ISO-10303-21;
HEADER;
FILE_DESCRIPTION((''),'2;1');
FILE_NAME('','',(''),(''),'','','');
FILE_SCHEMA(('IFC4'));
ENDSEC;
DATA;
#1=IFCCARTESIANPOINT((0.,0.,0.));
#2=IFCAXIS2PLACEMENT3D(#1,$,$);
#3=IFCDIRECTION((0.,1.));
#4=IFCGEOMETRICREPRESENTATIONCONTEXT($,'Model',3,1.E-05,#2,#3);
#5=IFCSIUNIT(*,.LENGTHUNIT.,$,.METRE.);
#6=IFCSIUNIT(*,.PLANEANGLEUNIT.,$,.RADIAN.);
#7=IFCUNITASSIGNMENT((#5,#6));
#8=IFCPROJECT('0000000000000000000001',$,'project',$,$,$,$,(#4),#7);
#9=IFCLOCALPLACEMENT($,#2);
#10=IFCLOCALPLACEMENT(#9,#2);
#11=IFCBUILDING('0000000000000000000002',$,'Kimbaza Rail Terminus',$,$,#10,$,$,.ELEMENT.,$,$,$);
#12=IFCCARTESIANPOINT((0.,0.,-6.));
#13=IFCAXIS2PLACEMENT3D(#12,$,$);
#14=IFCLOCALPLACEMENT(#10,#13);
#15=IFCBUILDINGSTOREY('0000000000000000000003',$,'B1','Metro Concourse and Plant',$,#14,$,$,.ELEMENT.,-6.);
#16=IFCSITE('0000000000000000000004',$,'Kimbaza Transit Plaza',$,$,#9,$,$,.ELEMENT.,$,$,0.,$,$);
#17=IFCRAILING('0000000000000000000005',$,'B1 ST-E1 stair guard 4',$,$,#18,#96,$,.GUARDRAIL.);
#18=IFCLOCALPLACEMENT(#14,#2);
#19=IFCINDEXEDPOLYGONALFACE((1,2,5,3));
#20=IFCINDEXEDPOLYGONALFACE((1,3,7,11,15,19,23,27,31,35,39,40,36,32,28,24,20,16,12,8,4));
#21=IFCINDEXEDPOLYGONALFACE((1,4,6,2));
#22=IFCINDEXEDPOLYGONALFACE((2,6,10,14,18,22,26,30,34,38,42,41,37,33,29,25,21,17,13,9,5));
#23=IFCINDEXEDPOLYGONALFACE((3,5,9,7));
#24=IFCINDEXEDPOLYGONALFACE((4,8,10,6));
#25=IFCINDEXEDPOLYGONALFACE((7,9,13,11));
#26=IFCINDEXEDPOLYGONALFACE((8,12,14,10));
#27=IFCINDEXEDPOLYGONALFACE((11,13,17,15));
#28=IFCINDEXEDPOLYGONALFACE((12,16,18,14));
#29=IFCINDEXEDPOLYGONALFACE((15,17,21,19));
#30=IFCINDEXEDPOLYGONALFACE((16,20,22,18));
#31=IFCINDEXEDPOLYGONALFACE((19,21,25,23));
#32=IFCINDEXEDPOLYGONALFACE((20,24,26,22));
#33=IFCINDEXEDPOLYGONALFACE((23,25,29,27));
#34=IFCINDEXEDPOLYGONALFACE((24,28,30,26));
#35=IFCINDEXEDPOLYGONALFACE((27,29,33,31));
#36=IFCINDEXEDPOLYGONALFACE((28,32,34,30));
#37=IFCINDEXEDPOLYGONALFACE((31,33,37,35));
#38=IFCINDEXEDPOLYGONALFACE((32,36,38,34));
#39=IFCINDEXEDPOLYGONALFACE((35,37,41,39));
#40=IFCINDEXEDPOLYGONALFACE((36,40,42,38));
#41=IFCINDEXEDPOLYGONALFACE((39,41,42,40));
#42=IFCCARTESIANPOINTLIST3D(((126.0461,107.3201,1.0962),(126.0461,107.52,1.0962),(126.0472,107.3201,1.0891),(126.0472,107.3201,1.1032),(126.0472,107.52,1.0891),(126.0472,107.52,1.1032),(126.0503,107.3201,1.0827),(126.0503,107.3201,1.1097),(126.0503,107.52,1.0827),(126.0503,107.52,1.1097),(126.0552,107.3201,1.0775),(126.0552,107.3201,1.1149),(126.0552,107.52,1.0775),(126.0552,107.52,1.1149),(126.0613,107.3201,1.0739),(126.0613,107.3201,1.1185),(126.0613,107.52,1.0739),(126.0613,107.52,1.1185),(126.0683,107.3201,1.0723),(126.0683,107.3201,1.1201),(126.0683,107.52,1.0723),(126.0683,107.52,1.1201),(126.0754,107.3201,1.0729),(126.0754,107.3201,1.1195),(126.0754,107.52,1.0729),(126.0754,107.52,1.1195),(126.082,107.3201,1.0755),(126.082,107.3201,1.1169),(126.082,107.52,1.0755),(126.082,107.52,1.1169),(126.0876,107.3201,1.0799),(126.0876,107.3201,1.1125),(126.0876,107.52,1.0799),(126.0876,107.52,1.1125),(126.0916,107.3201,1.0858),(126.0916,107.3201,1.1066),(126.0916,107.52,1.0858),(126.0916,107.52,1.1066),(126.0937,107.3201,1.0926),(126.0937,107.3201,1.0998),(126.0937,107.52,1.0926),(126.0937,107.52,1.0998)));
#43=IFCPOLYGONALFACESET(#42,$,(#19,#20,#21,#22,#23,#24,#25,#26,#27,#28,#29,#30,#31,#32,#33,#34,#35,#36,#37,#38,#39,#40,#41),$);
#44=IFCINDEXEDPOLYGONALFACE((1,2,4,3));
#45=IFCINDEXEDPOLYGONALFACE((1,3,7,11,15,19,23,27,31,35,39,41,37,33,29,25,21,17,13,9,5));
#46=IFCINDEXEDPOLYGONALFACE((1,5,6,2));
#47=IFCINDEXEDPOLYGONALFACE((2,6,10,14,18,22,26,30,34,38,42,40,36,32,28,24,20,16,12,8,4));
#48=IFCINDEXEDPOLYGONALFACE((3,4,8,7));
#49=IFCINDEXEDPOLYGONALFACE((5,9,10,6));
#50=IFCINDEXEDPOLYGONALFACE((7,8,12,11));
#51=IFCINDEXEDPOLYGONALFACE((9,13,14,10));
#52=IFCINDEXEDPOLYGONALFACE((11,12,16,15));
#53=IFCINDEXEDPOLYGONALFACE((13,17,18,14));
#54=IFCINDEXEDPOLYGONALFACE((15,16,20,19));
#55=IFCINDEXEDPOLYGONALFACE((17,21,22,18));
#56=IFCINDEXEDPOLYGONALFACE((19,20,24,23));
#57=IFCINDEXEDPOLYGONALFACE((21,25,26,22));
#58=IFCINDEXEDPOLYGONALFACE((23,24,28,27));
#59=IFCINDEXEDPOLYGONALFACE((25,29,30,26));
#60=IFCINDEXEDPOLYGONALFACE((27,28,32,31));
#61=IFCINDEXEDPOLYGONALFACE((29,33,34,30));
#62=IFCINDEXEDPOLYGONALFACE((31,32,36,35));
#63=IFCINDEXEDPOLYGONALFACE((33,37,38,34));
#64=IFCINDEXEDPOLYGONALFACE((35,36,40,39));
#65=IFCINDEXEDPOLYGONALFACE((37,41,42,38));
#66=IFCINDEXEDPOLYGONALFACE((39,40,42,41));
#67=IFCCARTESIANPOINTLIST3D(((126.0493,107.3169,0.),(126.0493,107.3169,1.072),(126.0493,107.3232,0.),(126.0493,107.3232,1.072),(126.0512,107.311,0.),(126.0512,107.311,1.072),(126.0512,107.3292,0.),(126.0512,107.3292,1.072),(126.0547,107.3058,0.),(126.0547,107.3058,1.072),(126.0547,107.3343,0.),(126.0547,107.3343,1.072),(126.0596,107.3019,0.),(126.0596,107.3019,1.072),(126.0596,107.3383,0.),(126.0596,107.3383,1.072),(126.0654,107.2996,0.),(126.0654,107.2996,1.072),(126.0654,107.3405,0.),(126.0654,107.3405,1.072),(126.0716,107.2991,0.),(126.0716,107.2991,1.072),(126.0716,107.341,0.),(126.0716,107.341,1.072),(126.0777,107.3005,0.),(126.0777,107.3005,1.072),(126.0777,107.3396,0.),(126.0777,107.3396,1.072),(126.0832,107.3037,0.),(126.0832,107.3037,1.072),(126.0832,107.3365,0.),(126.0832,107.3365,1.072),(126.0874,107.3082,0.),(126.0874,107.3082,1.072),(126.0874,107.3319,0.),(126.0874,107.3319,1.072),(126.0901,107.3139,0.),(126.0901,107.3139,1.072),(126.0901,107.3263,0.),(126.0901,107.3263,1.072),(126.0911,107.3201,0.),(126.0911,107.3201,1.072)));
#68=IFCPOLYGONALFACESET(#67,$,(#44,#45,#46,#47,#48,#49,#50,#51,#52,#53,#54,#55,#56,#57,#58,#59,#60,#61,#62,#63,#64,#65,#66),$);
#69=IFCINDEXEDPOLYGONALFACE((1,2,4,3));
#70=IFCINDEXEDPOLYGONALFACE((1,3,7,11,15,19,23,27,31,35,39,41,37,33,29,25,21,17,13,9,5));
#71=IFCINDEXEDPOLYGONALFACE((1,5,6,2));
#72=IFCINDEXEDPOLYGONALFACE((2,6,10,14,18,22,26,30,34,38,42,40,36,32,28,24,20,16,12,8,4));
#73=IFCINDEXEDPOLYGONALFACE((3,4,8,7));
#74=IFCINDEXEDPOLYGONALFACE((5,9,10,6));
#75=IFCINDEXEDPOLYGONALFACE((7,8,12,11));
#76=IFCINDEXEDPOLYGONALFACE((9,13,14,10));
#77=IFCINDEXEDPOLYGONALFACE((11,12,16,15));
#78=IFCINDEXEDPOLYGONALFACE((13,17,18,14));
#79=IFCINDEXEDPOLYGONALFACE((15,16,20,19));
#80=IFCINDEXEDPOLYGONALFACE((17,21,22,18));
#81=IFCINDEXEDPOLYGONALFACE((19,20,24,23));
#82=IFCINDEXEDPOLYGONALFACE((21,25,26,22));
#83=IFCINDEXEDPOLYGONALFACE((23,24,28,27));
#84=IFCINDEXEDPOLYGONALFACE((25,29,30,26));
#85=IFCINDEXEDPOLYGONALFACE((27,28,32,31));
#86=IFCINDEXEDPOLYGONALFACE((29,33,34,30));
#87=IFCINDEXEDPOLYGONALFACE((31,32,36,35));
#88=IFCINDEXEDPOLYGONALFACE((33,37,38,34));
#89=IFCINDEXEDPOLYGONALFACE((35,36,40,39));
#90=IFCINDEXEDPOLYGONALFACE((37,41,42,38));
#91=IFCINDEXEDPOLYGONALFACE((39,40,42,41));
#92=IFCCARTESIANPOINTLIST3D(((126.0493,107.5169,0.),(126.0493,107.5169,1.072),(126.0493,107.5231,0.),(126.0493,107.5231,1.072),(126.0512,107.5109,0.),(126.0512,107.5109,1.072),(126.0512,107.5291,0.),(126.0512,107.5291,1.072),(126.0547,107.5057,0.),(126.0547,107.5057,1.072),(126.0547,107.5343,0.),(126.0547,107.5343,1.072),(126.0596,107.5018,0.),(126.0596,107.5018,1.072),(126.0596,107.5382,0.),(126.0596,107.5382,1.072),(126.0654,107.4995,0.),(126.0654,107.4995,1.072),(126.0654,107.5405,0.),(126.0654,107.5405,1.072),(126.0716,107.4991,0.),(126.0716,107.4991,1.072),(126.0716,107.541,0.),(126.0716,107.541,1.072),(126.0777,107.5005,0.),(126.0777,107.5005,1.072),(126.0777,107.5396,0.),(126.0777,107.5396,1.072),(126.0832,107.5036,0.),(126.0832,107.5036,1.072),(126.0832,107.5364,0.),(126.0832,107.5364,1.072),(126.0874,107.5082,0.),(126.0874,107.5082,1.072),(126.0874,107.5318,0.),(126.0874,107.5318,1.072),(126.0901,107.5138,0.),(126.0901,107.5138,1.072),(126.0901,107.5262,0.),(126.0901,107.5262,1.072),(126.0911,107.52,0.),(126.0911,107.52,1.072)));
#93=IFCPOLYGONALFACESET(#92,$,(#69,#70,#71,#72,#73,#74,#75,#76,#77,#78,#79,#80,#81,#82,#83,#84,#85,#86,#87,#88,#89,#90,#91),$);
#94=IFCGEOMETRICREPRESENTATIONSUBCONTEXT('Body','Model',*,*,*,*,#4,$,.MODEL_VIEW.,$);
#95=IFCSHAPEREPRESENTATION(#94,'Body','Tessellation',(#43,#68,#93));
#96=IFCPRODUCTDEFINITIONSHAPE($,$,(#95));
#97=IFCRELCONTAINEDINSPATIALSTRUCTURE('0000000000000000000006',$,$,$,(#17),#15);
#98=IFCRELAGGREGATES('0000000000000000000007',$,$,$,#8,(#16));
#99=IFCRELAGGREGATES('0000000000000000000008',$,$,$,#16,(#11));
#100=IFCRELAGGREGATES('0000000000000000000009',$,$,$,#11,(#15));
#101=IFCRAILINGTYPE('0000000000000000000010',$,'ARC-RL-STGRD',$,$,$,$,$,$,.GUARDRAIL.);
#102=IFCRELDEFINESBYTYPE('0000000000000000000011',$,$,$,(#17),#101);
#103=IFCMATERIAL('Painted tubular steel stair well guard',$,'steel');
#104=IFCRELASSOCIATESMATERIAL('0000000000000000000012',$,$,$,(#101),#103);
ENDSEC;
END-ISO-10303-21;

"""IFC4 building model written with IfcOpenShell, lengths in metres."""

from ifc_helpers import new_model, si_unit, direction, frame, origin, origin_2d, place, context, subcontext, project, spatial, circle, extrude, material, type_object, element, save


model = new_model("IFC4")

# Units and contexts
model_context = context("Model", 3, precision=1e-05, world=origin(), true_north=direction((0.0, 1.0)))
body_context = subcontext(model_context, "Body", "Model", "MODEL_VIEW")
ifc_project = project(units=[si_unit("LENGTHUNIT", "METRE"), si_unit("PLANEANGLEUNIT", "RADIAN")], contexts=[model_context])

# Site, building, storey
site_placement = place(None, origin())
site = spatial("IfcSite", under=ifc_project, at=site_placement, Name="Kimbaza Transit Plaza", CompositionType="ELEMENT", RefElevation=0.0)
building_placement = place(site_placement, origin())
building = spatial("IfcBuilding", under=site, at=building_placement, Name="Kimbaza Rail Terminus", CompositionType="ELEMENT")
storey_placement = place(building_placement, frame((0.0, 0.0, -6.0)))
storey = spatial("IfcBuildingStorey", under=building, at=storey_placement, Name="B1", Description="Metro Concourse and Plant", CompositionType="ELEMENT", Elevation=-6.0)

# Railing
ifc_material_1 = material(Name="Painted tubular steel stair well guard", Category="steel")
railing_type_1 = type_object("IfcRailingType", Name="ARC-RL-STGRD", PredefinedType="GUARDRAIL", material=ifc_material_1)
railing_1_placement = place(storey_placement, frame((126.0701, 107.3201, 0.0)))
element("IfcRailing", 1, at=railing_1_placement, inside=storey, type_object=railing_type_1, Name="B1 ST-E1 stair guard 4", PredefinedType="GUARDRAIL", context=body_context, shape_type="SweptSolid", body=[
    extrude(circle(Radius=0.0239, at=origin_2d()), frame((0.0, 0.0, 1.0962), z_axis=(0.0, 1.0, 0.0), x_axis=(-1.0, 0.0, 0.0)), (0.0, 0.0, 1.0), 0.2),
    extrude(circle(Radius=0.021, at=origin_2d()), origin(), (0.0, 0.0, 1.0), 1.072),
    extrude(circle(Radius=0.021, at=origin_2d()), frame((0.0, 0.2, 0.0)), (0.0, 0.0, 1.0), 1.072),
])

save(model, "model.ifc")
